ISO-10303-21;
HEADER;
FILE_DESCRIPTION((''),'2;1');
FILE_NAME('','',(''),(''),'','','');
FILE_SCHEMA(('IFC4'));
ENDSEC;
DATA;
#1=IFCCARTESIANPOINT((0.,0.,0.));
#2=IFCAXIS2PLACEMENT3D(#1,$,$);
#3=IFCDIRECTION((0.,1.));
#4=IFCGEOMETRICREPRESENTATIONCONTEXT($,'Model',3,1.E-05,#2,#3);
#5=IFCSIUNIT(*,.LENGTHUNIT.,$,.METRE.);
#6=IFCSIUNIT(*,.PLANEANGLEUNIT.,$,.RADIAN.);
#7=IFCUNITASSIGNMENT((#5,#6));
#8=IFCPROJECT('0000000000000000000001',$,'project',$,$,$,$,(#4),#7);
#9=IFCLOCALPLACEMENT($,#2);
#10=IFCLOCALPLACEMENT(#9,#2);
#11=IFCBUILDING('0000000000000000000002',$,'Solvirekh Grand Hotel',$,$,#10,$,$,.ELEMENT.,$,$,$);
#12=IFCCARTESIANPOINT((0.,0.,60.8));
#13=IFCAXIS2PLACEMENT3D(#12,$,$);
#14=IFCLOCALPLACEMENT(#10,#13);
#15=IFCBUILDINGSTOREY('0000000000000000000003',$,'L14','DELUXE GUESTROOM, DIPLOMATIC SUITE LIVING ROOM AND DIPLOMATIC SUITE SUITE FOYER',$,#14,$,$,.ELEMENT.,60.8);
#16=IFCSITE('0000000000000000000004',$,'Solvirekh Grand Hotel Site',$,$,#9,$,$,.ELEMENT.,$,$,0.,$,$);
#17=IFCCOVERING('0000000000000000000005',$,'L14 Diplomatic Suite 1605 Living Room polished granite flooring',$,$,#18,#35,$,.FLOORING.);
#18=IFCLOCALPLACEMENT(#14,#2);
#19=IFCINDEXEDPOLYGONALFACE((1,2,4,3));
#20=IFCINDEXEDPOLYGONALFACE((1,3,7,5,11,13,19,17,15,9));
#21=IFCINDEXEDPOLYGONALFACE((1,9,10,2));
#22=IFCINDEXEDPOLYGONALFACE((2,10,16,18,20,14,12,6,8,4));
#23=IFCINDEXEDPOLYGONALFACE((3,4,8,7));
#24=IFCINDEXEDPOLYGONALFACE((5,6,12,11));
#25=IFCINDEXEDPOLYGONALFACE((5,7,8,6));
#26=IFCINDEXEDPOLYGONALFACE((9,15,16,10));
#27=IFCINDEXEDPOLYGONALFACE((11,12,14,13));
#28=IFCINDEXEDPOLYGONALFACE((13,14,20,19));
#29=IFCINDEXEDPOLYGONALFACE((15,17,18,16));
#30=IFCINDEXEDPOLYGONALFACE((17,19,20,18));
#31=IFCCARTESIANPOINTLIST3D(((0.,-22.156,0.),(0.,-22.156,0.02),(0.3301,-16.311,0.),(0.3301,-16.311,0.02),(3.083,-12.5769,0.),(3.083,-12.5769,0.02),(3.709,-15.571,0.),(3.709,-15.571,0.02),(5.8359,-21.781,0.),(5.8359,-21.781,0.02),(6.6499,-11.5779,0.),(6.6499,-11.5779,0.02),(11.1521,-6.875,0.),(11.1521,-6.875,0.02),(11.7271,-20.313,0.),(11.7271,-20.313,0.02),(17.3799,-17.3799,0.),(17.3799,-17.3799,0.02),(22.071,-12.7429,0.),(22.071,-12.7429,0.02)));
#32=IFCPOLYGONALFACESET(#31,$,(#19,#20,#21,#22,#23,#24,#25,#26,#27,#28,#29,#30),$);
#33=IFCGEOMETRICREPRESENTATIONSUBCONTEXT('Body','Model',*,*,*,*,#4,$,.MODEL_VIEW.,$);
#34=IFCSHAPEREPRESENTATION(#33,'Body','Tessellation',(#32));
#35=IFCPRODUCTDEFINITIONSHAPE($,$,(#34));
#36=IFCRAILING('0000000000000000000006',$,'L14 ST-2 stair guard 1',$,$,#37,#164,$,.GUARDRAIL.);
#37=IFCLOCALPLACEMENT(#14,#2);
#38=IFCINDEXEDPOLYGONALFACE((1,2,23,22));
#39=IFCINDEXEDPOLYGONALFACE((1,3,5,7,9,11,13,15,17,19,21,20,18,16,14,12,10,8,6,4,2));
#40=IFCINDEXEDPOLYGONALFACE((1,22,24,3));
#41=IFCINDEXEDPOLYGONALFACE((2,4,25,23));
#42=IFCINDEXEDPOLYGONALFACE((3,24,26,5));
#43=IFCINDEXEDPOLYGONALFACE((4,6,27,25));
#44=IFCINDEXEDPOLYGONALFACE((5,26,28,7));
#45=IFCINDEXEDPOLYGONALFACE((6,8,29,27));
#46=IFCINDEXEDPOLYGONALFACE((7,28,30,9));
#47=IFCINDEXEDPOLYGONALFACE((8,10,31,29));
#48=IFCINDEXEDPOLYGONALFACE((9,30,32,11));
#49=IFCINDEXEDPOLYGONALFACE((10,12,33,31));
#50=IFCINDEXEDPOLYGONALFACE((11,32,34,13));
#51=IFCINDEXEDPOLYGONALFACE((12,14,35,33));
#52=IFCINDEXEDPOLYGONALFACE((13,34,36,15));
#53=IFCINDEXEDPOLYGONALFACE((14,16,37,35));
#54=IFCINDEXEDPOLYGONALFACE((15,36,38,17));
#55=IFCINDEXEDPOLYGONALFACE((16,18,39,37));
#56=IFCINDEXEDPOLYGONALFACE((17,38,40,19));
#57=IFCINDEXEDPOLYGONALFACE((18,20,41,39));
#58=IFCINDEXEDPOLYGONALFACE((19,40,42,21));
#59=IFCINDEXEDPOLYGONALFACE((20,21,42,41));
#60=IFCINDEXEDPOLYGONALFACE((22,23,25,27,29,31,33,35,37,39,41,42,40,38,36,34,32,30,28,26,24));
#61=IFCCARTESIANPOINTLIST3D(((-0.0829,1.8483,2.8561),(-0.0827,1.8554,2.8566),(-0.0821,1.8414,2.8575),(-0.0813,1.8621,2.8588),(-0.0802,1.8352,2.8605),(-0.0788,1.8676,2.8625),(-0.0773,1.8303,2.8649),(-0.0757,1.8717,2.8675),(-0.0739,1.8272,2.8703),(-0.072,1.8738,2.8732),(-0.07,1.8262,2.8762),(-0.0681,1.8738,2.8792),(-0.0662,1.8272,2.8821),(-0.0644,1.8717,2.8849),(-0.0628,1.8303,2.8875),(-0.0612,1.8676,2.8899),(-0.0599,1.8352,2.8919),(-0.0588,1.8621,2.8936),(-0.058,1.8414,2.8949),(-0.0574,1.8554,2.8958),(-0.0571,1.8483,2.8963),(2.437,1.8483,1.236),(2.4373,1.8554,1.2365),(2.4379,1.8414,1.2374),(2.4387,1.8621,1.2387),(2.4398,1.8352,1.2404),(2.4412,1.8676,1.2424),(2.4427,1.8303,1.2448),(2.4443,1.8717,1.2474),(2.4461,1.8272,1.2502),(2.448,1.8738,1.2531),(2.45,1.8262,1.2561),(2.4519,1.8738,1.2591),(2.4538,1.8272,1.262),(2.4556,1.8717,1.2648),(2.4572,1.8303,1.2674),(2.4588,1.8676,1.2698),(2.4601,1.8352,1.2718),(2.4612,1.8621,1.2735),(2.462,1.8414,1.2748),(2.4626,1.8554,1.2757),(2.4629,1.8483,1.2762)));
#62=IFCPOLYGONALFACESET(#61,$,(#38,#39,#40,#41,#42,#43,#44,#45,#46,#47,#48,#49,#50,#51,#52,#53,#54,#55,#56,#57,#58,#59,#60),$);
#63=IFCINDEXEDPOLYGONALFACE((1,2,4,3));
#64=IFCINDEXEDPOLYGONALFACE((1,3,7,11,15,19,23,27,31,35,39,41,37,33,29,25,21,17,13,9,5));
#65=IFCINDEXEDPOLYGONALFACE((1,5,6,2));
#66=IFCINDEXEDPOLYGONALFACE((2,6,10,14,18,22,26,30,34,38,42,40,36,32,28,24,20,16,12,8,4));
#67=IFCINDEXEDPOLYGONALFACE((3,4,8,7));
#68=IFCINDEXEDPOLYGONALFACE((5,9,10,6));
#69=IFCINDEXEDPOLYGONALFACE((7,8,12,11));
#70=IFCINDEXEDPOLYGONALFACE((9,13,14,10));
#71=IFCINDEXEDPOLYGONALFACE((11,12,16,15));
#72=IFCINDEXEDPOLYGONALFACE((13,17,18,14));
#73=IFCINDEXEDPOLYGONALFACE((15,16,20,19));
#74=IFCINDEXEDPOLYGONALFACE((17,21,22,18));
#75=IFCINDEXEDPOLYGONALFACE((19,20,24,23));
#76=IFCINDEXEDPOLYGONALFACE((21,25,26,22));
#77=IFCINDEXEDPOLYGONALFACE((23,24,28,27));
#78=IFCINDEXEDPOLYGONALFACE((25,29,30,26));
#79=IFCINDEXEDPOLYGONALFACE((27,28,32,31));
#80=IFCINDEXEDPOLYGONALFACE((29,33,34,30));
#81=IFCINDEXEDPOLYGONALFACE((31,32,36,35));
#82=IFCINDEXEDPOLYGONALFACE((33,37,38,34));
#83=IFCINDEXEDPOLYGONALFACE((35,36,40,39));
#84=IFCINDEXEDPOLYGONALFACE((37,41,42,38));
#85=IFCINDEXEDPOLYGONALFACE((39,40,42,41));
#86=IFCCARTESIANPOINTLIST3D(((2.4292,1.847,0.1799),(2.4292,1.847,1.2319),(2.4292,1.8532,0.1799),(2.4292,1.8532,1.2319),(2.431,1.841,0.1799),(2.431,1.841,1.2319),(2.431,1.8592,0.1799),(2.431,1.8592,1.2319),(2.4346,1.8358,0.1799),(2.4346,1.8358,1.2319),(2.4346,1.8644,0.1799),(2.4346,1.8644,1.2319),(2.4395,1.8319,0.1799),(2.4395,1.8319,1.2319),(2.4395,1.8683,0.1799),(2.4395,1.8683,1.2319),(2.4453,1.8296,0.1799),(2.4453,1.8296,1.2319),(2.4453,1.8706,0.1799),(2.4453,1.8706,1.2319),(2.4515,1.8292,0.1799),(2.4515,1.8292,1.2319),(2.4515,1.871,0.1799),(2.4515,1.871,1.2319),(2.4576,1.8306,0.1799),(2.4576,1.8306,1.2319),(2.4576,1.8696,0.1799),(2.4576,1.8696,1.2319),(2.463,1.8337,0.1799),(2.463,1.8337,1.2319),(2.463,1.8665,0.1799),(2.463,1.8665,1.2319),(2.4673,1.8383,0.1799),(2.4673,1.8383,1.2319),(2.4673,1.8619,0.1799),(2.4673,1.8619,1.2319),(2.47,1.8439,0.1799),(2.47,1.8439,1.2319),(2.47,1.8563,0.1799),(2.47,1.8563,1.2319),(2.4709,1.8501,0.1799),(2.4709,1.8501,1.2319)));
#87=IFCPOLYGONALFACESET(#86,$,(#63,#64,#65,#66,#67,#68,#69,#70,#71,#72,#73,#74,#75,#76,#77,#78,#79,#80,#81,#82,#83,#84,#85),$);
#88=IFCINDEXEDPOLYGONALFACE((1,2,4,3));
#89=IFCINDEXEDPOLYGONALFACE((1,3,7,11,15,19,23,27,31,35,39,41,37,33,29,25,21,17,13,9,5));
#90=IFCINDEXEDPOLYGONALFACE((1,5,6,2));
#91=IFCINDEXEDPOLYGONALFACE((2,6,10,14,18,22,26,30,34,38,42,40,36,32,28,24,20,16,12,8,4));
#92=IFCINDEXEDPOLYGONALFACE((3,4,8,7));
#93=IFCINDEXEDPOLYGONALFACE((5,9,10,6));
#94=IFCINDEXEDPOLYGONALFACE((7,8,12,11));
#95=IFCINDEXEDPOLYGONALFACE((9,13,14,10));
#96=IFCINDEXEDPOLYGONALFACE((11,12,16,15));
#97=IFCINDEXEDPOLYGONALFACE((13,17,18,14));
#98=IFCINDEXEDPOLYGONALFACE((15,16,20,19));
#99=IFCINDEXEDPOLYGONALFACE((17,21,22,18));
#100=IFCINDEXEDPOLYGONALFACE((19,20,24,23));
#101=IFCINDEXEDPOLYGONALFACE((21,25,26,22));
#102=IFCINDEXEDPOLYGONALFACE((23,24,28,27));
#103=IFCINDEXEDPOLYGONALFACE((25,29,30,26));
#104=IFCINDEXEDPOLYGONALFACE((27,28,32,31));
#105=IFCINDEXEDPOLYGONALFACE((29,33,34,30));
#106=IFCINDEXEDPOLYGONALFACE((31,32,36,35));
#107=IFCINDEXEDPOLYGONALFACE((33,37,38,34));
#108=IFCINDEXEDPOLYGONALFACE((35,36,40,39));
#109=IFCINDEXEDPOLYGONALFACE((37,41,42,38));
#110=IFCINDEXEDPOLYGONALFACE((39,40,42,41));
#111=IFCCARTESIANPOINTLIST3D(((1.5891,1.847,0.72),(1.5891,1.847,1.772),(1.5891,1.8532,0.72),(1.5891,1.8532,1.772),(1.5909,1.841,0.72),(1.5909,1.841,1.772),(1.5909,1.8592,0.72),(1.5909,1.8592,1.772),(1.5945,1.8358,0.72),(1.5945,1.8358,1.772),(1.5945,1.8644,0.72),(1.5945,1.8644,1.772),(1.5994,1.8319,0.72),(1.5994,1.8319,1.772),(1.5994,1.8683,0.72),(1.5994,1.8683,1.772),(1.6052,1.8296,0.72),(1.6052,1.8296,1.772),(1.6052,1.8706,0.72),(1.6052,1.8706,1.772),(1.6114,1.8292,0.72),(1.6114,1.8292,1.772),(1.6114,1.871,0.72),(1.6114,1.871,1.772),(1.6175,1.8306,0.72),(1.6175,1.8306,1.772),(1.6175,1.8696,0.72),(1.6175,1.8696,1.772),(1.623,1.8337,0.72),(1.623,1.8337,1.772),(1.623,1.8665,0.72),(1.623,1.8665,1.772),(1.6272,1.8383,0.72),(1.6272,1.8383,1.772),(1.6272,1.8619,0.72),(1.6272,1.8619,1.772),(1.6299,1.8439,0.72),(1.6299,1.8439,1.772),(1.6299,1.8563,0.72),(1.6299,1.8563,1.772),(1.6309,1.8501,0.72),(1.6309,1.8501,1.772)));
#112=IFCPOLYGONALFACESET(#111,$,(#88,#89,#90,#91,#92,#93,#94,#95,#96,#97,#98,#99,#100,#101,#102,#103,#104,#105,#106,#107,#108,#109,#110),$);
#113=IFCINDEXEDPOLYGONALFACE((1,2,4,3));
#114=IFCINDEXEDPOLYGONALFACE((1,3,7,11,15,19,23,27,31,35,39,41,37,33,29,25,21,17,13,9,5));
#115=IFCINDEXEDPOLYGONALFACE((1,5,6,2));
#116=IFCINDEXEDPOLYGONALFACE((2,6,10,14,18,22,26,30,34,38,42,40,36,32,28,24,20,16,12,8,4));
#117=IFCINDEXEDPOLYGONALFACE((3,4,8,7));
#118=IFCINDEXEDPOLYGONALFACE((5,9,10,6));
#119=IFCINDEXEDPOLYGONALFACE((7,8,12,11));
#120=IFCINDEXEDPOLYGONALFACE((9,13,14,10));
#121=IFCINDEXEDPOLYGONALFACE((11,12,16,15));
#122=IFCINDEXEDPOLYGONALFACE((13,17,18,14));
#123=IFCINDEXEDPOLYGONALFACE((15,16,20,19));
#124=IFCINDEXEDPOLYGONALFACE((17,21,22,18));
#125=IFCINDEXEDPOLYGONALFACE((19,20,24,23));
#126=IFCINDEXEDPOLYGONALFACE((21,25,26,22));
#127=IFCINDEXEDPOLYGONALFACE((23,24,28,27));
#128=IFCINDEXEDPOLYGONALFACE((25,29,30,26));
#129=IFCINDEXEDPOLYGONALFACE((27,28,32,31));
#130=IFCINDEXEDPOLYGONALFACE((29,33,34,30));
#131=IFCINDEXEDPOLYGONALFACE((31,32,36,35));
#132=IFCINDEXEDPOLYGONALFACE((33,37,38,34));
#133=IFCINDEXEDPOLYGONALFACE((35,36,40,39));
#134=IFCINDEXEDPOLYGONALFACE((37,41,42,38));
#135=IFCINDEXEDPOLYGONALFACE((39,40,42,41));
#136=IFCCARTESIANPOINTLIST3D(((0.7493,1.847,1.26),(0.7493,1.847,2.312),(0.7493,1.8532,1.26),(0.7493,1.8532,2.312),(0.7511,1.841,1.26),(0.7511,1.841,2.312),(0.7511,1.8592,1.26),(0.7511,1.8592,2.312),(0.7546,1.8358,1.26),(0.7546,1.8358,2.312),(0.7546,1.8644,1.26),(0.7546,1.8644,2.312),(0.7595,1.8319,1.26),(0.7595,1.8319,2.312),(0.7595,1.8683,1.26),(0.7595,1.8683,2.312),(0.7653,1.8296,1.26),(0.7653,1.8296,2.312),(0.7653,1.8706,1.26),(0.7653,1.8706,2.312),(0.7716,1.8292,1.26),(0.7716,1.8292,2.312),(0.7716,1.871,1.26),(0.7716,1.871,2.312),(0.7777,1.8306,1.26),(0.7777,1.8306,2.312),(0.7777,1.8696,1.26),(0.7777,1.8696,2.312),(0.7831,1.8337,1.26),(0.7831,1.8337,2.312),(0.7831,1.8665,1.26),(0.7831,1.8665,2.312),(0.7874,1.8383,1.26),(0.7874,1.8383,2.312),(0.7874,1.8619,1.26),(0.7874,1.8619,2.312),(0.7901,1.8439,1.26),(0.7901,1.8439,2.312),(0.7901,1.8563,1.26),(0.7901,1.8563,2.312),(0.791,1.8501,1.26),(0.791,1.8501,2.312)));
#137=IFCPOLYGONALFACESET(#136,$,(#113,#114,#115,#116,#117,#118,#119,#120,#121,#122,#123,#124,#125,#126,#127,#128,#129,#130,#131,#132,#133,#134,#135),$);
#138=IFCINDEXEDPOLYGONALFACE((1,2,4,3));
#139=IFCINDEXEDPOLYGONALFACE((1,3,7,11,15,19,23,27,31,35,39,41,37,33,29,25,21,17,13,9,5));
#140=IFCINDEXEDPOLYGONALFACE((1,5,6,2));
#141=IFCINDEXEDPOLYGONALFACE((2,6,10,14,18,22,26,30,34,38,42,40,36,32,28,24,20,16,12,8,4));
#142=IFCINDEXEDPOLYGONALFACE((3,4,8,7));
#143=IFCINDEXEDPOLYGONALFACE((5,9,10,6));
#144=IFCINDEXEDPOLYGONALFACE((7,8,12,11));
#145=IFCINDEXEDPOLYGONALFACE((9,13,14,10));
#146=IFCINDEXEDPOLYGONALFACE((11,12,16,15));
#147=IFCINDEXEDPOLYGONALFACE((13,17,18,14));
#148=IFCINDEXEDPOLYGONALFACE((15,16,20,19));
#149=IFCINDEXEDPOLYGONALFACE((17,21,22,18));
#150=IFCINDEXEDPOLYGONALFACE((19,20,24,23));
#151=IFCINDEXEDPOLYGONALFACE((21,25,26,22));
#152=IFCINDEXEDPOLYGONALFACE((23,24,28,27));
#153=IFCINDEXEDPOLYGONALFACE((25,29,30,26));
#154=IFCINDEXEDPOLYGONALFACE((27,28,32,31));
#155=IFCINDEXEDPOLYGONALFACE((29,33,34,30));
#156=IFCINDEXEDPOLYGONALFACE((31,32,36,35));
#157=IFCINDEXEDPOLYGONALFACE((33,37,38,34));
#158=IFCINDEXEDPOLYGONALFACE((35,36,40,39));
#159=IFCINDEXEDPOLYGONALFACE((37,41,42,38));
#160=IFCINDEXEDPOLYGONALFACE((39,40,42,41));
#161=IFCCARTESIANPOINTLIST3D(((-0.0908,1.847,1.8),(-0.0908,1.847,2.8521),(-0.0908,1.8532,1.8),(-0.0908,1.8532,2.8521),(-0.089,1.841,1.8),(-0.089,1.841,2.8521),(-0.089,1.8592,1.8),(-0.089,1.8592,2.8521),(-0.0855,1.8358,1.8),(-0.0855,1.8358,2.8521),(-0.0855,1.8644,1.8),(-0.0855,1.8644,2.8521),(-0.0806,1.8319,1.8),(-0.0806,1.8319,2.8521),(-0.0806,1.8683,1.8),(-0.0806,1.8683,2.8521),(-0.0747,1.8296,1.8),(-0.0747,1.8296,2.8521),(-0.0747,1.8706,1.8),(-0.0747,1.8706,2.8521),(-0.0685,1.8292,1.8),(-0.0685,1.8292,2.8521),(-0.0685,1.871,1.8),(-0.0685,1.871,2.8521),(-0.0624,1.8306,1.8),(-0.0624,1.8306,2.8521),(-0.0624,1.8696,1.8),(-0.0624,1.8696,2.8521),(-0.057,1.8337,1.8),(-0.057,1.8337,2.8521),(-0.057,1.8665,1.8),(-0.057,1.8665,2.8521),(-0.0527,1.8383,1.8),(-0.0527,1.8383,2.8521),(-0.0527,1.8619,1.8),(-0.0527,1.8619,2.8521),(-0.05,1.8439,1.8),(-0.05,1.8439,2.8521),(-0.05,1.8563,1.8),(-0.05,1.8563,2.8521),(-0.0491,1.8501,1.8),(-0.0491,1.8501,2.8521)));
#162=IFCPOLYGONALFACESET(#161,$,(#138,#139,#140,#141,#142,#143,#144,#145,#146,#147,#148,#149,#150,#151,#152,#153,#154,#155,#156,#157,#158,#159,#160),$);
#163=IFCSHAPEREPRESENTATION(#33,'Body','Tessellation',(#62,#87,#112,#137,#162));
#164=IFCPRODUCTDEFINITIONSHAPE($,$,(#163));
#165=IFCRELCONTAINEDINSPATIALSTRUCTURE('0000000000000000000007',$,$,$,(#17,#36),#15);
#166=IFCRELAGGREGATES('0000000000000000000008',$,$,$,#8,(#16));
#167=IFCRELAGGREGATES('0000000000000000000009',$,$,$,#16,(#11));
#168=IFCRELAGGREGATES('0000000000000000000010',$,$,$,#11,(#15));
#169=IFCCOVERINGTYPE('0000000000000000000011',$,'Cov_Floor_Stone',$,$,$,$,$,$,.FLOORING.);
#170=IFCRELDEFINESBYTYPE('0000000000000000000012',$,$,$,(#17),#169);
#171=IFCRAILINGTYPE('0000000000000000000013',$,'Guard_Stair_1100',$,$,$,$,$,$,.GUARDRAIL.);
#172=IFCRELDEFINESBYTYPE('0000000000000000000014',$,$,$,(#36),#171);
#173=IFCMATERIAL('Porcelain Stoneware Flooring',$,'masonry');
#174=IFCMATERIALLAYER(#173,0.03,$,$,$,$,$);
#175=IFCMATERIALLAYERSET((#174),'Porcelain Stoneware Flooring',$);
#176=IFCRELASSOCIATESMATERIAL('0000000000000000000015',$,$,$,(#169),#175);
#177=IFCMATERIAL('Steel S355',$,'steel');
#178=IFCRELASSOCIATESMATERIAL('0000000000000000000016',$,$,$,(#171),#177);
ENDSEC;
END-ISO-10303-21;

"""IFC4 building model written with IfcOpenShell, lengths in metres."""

from ifc_helpers import new_model, si_unit, direction, frame, origin, origin_2d, place, context, subcontext, project, spatial, polyline, circle, outline, extrude, material, layer, layer_set, type_object, element, save


model = new_model("IFC4")

# Units and contexts
model_context = context("Model", 3, precision=1e-05, world=origin(), true_north=direction((0.0, 1.0)))
body_context = subcontext(model_context, "Body", "Model", "MODEL_VIEW")
ifc_project = project(units=[si_unit("LENGTHUNIT", "METRE"), si_unit("PLANEANGLEUNIT", "RADIAN")], contexts=[model_context])

# Site, building, storey
site_placement = place(None, origin())
site = spatial("IfcSite", under=ifc_project, at=site_placement, Name="Solvirekh Grand Hotel Site", CompositionType="ELEMENT", RefElevation=0.0)
building_placement = place(site_placement, origin())
building = spatial("IfcBuilding", under=site, at=building_placement, Name="Solvirekh Grand Hotel", CompositionType="ELEMENT")
storey_placement = place(building_placement, frame((0.0, 0.0, 60.8)))
storey = spatial("IfcBuildingStorey", under=building, at=storey_placement, Name="L14", Description="DELUXE GUESTROOM, DIPLOMATIC SUITE LIVING ROOM AND DIPLOMATIC SUITE SUITE FOYER", CompositionType="ELEMENT", Elevation=60.8)

# Shared definitions
ifc_material_1 = material(Name="Steel S355", Category="steel")

# Covering
ifc_material_2 = material(Name="Porcelain Stoneware Flooring", Category="masonry")
ifc_layer_1 = layer(ifc_material_2, 0.03)
ifc_layer_set_1 = layer_set([ifc_layer_1], Name="Porcelain Stoneware Flooring")
covering_type_1 = type_object("IfcCoveringType", Name="Cov_Floor_Stone", PredefinedType="FLOORING", material=ifc_layer_set_1)
covering_1_placement = place(storey_placement, origin())
element("IfcCovering", 1, at=covering_1_placement, inside=storey, type_object=covering_type_1, Name="L14 Diplomatic Suite 1605 Living Room polished granite flooring", PredefinedType="FLOORING", context=body_context, shape_type="SweptSolid", body=[
    extrude(outline(polyline([(3.709, -15.571), (0.3301, -16.311), (0.0, -22.156), (5.8359, -21.781), (11.7271, -20.313), (17.3799, -17.3799), (22.071, -12.7429), (11.1521, -6.875), (6.6499, -11.5779), (3.083, -12.5769), (3.709, -15.571)])), origin(), (0.0, 0.0, 1.0), 0.02),
])

# Railing
railing_type_1 = type_object("IfcRailingType", Name="Guard_Stair_1100", PredefinedType="GUARDRAIL", material=ifc_material_1)
railing_1_placement = place(storey_placement, frame((2.45, 1.8501, 0.1799)))
element("IfcRailing", 2, at=railing_1_placement, inside=storey, type_object=railing_type_1, Name="L14 ST-2 stair guard 1", PredefinedType="GUARDRAIL", context=body_context, shape_type="SweptSolid", body=[
    extrude(circle(Radius=0.0239, at=origin_2d()), frame((0.0, 0.0, 1.0762), z_axis=(-0.841163, 0.0, 0.540782), x_axis=(0.0, -1.0, 0.0)), (0.0, 0.0, 1.0), 2.9958),
    extrude(circle(Radius=0.021, at=origin_2d()), origin(), (0.0, 0.0, 1.0), 1.052),
    extrude(circle(Radius=0.021, at=origin_2d()), frame((-0.8401, 0.0, 0.54)), (0.0, 0.0, 1.0), 1.052),
    extrude(circle(Radius=0.021, at=origin_2d()), frame((-1.6799, 0.0, 1.0801)), (0.0, 0.0, 1.0), 1.052),
    extrude(circle(Radius=0.021, at=origin_2d()), frame((-2.52, 0.0, 1.6201)), (0.0, 0.0, 1.0), 1.052),
])

save(model, "model.ifc")
